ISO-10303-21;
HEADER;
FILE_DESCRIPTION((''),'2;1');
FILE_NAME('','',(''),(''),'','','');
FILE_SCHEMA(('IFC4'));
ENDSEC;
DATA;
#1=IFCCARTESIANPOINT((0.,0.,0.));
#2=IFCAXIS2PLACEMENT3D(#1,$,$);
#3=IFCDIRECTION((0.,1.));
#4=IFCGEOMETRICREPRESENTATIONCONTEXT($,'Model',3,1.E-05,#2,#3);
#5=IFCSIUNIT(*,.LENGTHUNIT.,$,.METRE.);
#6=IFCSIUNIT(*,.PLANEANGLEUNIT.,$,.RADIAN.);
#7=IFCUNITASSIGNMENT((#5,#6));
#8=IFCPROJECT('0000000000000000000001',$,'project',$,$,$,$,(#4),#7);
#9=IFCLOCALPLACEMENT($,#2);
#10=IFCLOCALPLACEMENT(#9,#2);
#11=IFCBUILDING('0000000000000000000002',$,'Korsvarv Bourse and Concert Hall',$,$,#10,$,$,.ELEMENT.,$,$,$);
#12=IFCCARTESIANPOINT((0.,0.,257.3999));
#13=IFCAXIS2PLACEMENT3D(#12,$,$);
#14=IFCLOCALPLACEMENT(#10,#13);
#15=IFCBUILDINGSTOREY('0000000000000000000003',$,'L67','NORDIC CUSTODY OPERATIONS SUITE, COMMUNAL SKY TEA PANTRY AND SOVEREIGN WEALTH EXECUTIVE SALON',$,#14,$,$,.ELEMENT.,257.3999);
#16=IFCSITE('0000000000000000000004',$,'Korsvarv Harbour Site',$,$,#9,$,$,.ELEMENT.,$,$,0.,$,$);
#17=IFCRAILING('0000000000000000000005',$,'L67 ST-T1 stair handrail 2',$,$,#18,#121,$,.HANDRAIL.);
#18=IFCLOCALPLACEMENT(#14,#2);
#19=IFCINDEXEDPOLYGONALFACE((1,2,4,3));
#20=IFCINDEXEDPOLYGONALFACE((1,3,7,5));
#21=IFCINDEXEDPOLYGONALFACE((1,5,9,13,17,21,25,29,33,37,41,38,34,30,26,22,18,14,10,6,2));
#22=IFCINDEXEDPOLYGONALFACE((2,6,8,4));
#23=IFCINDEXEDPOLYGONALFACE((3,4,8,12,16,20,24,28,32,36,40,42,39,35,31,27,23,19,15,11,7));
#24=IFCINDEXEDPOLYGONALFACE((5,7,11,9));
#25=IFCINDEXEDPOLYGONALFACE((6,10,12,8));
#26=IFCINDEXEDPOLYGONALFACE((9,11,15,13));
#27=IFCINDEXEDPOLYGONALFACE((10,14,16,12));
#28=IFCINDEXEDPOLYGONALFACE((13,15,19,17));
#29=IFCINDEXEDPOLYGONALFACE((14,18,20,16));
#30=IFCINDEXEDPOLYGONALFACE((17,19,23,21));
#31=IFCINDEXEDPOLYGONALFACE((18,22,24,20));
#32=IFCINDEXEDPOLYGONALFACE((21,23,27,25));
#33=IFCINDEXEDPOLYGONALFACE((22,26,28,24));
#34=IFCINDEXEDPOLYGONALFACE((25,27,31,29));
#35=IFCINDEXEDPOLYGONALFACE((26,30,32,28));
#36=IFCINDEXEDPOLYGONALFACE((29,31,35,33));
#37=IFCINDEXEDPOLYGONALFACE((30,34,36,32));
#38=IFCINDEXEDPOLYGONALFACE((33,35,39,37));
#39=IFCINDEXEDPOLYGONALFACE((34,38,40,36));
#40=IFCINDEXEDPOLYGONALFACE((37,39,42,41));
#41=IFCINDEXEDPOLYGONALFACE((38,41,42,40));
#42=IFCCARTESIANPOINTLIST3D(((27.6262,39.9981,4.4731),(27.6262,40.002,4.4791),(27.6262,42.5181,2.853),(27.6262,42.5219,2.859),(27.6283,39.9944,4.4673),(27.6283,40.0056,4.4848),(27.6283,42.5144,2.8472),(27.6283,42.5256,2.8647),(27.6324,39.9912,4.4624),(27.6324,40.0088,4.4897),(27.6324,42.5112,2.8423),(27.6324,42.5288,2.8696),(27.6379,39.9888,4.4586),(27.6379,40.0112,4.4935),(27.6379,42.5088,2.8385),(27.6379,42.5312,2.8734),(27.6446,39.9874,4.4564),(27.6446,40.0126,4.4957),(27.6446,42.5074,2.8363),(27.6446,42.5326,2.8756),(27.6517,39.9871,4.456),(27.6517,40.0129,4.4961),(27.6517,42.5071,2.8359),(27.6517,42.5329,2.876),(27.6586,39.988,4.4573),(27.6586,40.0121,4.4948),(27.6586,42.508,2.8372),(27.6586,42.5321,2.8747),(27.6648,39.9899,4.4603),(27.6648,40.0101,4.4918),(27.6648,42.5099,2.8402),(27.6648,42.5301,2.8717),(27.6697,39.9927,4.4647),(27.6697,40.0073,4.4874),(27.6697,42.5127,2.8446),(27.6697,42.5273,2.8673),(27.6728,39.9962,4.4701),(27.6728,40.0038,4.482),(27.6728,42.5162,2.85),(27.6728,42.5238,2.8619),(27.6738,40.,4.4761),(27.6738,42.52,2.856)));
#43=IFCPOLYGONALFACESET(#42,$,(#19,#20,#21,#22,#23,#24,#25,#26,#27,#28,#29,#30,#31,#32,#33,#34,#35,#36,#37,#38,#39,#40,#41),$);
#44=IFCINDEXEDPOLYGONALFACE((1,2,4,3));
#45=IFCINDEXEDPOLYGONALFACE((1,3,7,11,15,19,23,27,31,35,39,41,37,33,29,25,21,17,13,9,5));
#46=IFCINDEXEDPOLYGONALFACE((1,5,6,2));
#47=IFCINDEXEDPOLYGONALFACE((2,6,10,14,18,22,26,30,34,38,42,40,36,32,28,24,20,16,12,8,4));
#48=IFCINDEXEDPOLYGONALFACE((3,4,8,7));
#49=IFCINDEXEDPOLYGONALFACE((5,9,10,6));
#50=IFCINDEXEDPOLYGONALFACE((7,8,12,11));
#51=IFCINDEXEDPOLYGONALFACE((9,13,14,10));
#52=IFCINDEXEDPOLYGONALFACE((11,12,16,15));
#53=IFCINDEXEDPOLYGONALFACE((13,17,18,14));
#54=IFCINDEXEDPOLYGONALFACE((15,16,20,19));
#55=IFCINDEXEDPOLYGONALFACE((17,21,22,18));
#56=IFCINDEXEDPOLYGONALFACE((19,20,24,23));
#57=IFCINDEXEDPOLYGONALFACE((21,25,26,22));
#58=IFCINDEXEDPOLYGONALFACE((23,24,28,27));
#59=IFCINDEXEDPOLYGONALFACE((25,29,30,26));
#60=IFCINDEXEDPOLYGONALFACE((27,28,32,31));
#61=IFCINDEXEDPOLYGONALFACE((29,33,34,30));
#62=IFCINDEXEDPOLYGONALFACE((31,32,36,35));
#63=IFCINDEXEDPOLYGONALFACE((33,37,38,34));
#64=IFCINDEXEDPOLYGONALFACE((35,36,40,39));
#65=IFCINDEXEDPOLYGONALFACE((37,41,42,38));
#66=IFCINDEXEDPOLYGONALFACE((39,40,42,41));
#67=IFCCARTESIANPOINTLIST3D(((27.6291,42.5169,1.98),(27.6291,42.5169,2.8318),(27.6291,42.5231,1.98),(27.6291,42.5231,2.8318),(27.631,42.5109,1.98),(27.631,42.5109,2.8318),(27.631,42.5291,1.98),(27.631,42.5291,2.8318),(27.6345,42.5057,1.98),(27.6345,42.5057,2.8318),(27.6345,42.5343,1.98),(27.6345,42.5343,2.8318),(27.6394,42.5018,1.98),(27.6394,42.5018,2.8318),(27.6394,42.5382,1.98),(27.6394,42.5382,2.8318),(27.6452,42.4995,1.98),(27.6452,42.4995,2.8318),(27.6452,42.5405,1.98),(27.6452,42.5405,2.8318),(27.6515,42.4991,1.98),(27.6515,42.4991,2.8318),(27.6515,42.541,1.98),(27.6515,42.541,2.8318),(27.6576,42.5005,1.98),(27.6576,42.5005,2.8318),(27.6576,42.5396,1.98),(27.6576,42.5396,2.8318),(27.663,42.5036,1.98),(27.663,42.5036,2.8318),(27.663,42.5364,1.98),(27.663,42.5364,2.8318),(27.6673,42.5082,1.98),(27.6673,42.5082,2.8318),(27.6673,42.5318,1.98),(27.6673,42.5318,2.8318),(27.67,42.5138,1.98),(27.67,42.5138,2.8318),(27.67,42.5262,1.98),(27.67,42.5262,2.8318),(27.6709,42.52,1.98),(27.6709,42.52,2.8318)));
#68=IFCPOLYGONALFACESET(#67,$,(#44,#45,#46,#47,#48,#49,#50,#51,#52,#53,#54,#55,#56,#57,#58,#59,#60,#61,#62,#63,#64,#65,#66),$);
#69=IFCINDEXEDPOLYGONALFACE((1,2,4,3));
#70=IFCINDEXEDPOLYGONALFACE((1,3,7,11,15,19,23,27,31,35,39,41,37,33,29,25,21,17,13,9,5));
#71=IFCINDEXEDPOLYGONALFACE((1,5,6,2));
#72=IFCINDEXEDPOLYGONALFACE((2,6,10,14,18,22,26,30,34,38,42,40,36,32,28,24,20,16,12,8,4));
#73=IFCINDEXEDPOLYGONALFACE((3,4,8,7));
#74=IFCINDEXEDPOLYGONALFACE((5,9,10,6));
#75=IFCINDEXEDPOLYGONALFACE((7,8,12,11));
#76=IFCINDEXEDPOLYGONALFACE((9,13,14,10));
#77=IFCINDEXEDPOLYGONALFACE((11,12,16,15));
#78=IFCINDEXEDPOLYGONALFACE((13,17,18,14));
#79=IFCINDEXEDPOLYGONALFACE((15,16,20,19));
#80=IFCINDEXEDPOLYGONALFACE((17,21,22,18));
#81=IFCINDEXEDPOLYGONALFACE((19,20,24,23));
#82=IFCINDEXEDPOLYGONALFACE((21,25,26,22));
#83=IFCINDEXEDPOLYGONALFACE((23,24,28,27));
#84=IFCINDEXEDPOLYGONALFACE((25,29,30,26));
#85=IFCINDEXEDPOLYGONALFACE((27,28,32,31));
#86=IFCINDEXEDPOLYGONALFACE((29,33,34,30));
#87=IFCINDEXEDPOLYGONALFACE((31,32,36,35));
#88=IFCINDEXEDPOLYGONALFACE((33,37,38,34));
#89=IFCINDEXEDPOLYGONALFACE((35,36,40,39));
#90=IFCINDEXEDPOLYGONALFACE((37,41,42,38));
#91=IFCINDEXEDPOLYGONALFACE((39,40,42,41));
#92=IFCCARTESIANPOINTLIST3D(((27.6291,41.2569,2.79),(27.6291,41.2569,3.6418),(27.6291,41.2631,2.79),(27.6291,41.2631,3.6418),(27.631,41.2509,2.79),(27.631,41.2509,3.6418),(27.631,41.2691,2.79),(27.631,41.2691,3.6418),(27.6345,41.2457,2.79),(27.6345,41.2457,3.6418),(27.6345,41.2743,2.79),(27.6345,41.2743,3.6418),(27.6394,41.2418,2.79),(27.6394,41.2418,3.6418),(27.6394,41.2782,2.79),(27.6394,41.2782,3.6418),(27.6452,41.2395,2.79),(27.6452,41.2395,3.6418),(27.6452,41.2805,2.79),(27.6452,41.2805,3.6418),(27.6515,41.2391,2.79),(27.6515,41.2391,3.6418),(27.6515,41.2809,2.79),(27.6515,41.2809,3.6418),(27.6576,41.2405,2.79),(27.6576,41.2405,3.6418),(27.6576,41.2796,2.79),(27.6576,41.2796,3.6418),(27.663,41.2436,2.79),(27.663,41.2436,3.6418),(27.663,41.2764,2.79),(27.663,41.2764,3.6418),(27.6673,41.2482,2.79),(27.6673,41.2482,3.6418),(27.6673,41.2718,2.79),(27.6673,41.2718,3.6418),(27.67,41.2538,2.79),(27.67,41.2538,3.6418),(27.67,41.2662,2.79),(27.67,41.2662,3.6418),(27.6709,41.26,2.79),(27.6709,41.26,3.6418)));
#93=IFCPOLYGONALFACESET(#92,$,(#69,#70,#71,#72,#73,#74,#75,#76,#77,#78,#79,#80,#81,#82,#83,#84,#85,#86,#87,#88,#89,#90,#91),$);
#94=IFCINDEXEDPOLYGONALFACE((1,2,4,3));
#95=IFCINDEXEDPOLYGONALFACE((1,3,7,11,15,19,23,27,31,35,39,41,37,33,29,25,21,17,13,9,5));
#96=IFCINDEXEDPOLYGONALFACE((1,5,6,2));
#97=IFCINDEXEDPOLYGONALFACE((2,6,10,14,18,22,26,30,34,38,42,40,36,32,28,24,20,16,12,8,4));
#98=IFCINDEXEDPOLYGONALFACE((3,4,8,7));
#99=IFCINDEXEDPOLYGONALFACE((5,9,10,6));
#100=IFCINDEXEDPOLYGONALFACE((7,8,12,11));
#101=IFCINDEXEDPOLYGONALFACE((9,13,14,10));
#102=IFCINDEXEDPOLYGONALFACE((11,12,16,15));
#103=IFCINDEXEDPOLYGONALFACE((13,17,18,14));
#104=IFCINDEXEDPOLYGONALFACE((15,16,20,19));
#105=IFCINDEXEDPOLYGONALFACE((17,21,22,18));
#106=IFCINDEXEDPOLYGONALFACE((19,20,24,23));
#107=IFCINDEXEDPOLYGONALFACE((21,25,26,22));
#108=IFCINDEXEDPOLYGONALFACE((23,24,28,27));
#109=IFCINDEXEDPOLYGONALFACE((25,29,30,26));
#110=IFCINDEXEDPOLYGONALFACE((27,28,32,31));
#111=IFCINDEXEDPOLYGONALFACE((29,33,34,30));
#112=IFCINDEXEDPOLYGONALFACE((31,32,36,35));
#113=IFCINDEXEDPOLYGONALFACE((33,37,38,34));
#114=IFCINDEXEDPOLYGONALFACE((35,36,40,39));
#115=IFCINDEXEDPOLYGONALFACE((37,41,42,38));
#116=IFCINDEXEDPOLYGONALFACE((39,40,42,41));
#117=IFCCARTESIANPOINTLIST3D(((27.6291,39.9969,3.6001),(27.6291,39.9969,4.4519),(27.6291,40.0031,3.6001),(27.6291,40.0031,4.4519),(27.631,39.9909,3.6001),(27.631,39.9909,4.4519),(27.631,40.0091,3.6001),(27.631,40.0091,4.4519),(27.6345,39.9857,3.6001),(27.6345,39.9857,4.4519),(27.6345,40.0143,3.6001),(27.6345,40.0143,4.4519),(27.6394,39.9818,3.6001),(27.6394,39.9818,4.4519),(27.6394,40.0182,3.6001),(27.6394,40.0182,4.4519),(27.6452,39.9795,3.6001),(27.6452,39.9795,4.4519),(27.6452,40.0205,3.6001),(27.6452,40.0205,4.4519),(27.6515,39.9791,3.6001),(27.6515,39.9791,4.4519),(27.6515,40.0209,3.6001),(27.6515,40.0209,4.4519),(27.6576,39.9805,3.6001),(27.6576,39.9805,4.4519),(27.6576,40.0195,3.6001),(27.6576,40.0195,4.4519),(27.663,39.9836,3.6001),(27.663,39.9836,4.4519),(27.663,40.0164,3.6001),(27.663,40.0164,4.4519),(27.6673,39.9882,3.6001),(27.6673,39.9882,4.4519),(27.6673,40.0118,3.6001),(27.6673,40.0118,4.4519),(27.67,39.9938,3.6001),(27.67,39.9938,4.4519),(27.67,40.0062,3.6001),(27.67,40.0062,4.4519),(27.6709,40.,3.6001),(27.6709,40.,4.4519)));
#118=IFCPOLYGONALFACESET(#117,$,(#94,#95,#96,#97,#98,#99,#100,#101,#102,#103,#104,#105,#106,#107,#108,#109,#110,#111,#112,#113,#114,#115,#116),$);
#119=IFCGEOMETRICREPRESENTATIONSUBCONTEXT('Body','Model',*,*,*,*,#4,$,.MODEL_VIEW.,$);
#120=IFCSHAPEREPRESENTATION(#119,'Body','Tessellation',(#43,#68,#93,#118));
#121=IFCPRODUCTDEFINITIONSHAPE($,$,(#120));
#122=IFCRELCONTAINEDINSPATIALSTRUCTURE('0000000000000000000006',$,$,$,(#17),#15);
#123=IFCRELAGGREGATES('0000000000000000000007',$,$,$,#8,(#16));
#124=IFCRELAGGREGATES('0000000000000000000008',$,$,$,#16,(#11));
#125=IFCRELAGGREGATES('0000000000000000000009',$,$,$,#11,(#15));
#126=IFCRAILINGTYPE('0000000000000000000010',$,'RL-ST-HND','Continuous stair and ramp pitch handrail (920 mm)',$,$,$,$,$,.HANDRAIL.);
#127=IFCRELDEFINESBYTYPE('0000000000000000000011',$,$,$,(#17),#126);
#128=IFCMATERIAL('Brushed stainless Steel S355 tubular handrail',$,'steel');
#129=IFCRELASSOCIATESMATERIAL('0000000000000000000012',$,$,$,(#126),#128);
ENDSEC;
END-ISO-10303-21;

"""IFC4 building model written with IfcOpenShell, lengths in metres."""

from ifc_helpers import new_model, si_unit, direction, frame, origin, origin_2d, place, context, subcontext, project, spatial, circle, extrude, material, type_object, element, save


model = new_model("IFC4")

# Units and contexts
model_context = context("Model", 3, precision=1e-05, world=origin(), true_north=direction((0.0, 1.0)))
body_context = subcontext(model_context, "Body", "Model", "MODEL_VIEW")
ifc_project = project(units=[si_unit("LENGTHUNIT", "METRE"), si_unit("PLANEANGLEUNIT", "RADIAN")], contexts=[model_context])

# Site, building, storey
site_placement = place(None, origin())
site = spatial("IfcSite", under=ifc_project, at=site_placement, Name="Korsvarv Harbour Site", CompositionType="ELEMENT", RefElevation=0.0)
building_placement = place(site_placement, origin())
building = spatial("IfcBuilding", under=site, at=building_placement, Name="Korsvarv Bourse and Concert Hall", CompositionType="ELEMENT")
storey_placement = place(building_placement, frame((0.0, 0.0, 257.3999)))
storey = spatial("IfcBuildingStorey", under=building, at=storey_placement, Name="L67", Description="NORDIC CUSTODY OPERATIONS SUITE, COMMUNAL SKY TEA PANTRY AND SOVEREIGN WEALTH EXECUTIVE SALON", CompositionType="ELEMENT", Elevation=257.3999)

# Railing
ifc_material_1 = material(Name="Brushed stainless Steel S355 tubular handrail", Category="steel")
railing_type = type_object("IfcRailingType", Name="RL-ST-HND", Description="Continuous stair and ramp pitch handrail (920 mm)", PredefinedType="HANDRAIL", material=ifc_material_1)
railing_placement = place(storey_placement, frame((27.6499, 42.52, 1.98)))
element("IfcRailing", 1, at=railing_placement, inside=storey, type_object=railing_type, Name="L67 ST-T1 stair handrail 2", PredefinedType="HANDRAIL", context=body_context, shape_type="SweptSolid", body=[
    extrude(circle(Radius=0.0239, at=origin_2d()), frame((0.0, 0.0, 0.876), z_axis=(0.0, -0.841163, 0.540782), x_axis=(1.0, 0.0, 0.0)), (0.0, 0.0, 1.0), 2.9958),
    extrude(circle(Radius=0.021, at=origin_2d()), origin(), (0.0, 0.0, 1.0), 0.8518),
    extrude(circle(Radius=0.021, at=origin_2d()), frame((0.0, -1.26, 0.8101)), (0.0, 0.0, 1.0), 0.8518),
    extrude(circle(Radius=0.021, at=origin_2d()), frame((0.0, -2.52, 1.6201)), (0.0, 0.0, 1.0), 0.8518),
])

save(model, "model.ifc")
